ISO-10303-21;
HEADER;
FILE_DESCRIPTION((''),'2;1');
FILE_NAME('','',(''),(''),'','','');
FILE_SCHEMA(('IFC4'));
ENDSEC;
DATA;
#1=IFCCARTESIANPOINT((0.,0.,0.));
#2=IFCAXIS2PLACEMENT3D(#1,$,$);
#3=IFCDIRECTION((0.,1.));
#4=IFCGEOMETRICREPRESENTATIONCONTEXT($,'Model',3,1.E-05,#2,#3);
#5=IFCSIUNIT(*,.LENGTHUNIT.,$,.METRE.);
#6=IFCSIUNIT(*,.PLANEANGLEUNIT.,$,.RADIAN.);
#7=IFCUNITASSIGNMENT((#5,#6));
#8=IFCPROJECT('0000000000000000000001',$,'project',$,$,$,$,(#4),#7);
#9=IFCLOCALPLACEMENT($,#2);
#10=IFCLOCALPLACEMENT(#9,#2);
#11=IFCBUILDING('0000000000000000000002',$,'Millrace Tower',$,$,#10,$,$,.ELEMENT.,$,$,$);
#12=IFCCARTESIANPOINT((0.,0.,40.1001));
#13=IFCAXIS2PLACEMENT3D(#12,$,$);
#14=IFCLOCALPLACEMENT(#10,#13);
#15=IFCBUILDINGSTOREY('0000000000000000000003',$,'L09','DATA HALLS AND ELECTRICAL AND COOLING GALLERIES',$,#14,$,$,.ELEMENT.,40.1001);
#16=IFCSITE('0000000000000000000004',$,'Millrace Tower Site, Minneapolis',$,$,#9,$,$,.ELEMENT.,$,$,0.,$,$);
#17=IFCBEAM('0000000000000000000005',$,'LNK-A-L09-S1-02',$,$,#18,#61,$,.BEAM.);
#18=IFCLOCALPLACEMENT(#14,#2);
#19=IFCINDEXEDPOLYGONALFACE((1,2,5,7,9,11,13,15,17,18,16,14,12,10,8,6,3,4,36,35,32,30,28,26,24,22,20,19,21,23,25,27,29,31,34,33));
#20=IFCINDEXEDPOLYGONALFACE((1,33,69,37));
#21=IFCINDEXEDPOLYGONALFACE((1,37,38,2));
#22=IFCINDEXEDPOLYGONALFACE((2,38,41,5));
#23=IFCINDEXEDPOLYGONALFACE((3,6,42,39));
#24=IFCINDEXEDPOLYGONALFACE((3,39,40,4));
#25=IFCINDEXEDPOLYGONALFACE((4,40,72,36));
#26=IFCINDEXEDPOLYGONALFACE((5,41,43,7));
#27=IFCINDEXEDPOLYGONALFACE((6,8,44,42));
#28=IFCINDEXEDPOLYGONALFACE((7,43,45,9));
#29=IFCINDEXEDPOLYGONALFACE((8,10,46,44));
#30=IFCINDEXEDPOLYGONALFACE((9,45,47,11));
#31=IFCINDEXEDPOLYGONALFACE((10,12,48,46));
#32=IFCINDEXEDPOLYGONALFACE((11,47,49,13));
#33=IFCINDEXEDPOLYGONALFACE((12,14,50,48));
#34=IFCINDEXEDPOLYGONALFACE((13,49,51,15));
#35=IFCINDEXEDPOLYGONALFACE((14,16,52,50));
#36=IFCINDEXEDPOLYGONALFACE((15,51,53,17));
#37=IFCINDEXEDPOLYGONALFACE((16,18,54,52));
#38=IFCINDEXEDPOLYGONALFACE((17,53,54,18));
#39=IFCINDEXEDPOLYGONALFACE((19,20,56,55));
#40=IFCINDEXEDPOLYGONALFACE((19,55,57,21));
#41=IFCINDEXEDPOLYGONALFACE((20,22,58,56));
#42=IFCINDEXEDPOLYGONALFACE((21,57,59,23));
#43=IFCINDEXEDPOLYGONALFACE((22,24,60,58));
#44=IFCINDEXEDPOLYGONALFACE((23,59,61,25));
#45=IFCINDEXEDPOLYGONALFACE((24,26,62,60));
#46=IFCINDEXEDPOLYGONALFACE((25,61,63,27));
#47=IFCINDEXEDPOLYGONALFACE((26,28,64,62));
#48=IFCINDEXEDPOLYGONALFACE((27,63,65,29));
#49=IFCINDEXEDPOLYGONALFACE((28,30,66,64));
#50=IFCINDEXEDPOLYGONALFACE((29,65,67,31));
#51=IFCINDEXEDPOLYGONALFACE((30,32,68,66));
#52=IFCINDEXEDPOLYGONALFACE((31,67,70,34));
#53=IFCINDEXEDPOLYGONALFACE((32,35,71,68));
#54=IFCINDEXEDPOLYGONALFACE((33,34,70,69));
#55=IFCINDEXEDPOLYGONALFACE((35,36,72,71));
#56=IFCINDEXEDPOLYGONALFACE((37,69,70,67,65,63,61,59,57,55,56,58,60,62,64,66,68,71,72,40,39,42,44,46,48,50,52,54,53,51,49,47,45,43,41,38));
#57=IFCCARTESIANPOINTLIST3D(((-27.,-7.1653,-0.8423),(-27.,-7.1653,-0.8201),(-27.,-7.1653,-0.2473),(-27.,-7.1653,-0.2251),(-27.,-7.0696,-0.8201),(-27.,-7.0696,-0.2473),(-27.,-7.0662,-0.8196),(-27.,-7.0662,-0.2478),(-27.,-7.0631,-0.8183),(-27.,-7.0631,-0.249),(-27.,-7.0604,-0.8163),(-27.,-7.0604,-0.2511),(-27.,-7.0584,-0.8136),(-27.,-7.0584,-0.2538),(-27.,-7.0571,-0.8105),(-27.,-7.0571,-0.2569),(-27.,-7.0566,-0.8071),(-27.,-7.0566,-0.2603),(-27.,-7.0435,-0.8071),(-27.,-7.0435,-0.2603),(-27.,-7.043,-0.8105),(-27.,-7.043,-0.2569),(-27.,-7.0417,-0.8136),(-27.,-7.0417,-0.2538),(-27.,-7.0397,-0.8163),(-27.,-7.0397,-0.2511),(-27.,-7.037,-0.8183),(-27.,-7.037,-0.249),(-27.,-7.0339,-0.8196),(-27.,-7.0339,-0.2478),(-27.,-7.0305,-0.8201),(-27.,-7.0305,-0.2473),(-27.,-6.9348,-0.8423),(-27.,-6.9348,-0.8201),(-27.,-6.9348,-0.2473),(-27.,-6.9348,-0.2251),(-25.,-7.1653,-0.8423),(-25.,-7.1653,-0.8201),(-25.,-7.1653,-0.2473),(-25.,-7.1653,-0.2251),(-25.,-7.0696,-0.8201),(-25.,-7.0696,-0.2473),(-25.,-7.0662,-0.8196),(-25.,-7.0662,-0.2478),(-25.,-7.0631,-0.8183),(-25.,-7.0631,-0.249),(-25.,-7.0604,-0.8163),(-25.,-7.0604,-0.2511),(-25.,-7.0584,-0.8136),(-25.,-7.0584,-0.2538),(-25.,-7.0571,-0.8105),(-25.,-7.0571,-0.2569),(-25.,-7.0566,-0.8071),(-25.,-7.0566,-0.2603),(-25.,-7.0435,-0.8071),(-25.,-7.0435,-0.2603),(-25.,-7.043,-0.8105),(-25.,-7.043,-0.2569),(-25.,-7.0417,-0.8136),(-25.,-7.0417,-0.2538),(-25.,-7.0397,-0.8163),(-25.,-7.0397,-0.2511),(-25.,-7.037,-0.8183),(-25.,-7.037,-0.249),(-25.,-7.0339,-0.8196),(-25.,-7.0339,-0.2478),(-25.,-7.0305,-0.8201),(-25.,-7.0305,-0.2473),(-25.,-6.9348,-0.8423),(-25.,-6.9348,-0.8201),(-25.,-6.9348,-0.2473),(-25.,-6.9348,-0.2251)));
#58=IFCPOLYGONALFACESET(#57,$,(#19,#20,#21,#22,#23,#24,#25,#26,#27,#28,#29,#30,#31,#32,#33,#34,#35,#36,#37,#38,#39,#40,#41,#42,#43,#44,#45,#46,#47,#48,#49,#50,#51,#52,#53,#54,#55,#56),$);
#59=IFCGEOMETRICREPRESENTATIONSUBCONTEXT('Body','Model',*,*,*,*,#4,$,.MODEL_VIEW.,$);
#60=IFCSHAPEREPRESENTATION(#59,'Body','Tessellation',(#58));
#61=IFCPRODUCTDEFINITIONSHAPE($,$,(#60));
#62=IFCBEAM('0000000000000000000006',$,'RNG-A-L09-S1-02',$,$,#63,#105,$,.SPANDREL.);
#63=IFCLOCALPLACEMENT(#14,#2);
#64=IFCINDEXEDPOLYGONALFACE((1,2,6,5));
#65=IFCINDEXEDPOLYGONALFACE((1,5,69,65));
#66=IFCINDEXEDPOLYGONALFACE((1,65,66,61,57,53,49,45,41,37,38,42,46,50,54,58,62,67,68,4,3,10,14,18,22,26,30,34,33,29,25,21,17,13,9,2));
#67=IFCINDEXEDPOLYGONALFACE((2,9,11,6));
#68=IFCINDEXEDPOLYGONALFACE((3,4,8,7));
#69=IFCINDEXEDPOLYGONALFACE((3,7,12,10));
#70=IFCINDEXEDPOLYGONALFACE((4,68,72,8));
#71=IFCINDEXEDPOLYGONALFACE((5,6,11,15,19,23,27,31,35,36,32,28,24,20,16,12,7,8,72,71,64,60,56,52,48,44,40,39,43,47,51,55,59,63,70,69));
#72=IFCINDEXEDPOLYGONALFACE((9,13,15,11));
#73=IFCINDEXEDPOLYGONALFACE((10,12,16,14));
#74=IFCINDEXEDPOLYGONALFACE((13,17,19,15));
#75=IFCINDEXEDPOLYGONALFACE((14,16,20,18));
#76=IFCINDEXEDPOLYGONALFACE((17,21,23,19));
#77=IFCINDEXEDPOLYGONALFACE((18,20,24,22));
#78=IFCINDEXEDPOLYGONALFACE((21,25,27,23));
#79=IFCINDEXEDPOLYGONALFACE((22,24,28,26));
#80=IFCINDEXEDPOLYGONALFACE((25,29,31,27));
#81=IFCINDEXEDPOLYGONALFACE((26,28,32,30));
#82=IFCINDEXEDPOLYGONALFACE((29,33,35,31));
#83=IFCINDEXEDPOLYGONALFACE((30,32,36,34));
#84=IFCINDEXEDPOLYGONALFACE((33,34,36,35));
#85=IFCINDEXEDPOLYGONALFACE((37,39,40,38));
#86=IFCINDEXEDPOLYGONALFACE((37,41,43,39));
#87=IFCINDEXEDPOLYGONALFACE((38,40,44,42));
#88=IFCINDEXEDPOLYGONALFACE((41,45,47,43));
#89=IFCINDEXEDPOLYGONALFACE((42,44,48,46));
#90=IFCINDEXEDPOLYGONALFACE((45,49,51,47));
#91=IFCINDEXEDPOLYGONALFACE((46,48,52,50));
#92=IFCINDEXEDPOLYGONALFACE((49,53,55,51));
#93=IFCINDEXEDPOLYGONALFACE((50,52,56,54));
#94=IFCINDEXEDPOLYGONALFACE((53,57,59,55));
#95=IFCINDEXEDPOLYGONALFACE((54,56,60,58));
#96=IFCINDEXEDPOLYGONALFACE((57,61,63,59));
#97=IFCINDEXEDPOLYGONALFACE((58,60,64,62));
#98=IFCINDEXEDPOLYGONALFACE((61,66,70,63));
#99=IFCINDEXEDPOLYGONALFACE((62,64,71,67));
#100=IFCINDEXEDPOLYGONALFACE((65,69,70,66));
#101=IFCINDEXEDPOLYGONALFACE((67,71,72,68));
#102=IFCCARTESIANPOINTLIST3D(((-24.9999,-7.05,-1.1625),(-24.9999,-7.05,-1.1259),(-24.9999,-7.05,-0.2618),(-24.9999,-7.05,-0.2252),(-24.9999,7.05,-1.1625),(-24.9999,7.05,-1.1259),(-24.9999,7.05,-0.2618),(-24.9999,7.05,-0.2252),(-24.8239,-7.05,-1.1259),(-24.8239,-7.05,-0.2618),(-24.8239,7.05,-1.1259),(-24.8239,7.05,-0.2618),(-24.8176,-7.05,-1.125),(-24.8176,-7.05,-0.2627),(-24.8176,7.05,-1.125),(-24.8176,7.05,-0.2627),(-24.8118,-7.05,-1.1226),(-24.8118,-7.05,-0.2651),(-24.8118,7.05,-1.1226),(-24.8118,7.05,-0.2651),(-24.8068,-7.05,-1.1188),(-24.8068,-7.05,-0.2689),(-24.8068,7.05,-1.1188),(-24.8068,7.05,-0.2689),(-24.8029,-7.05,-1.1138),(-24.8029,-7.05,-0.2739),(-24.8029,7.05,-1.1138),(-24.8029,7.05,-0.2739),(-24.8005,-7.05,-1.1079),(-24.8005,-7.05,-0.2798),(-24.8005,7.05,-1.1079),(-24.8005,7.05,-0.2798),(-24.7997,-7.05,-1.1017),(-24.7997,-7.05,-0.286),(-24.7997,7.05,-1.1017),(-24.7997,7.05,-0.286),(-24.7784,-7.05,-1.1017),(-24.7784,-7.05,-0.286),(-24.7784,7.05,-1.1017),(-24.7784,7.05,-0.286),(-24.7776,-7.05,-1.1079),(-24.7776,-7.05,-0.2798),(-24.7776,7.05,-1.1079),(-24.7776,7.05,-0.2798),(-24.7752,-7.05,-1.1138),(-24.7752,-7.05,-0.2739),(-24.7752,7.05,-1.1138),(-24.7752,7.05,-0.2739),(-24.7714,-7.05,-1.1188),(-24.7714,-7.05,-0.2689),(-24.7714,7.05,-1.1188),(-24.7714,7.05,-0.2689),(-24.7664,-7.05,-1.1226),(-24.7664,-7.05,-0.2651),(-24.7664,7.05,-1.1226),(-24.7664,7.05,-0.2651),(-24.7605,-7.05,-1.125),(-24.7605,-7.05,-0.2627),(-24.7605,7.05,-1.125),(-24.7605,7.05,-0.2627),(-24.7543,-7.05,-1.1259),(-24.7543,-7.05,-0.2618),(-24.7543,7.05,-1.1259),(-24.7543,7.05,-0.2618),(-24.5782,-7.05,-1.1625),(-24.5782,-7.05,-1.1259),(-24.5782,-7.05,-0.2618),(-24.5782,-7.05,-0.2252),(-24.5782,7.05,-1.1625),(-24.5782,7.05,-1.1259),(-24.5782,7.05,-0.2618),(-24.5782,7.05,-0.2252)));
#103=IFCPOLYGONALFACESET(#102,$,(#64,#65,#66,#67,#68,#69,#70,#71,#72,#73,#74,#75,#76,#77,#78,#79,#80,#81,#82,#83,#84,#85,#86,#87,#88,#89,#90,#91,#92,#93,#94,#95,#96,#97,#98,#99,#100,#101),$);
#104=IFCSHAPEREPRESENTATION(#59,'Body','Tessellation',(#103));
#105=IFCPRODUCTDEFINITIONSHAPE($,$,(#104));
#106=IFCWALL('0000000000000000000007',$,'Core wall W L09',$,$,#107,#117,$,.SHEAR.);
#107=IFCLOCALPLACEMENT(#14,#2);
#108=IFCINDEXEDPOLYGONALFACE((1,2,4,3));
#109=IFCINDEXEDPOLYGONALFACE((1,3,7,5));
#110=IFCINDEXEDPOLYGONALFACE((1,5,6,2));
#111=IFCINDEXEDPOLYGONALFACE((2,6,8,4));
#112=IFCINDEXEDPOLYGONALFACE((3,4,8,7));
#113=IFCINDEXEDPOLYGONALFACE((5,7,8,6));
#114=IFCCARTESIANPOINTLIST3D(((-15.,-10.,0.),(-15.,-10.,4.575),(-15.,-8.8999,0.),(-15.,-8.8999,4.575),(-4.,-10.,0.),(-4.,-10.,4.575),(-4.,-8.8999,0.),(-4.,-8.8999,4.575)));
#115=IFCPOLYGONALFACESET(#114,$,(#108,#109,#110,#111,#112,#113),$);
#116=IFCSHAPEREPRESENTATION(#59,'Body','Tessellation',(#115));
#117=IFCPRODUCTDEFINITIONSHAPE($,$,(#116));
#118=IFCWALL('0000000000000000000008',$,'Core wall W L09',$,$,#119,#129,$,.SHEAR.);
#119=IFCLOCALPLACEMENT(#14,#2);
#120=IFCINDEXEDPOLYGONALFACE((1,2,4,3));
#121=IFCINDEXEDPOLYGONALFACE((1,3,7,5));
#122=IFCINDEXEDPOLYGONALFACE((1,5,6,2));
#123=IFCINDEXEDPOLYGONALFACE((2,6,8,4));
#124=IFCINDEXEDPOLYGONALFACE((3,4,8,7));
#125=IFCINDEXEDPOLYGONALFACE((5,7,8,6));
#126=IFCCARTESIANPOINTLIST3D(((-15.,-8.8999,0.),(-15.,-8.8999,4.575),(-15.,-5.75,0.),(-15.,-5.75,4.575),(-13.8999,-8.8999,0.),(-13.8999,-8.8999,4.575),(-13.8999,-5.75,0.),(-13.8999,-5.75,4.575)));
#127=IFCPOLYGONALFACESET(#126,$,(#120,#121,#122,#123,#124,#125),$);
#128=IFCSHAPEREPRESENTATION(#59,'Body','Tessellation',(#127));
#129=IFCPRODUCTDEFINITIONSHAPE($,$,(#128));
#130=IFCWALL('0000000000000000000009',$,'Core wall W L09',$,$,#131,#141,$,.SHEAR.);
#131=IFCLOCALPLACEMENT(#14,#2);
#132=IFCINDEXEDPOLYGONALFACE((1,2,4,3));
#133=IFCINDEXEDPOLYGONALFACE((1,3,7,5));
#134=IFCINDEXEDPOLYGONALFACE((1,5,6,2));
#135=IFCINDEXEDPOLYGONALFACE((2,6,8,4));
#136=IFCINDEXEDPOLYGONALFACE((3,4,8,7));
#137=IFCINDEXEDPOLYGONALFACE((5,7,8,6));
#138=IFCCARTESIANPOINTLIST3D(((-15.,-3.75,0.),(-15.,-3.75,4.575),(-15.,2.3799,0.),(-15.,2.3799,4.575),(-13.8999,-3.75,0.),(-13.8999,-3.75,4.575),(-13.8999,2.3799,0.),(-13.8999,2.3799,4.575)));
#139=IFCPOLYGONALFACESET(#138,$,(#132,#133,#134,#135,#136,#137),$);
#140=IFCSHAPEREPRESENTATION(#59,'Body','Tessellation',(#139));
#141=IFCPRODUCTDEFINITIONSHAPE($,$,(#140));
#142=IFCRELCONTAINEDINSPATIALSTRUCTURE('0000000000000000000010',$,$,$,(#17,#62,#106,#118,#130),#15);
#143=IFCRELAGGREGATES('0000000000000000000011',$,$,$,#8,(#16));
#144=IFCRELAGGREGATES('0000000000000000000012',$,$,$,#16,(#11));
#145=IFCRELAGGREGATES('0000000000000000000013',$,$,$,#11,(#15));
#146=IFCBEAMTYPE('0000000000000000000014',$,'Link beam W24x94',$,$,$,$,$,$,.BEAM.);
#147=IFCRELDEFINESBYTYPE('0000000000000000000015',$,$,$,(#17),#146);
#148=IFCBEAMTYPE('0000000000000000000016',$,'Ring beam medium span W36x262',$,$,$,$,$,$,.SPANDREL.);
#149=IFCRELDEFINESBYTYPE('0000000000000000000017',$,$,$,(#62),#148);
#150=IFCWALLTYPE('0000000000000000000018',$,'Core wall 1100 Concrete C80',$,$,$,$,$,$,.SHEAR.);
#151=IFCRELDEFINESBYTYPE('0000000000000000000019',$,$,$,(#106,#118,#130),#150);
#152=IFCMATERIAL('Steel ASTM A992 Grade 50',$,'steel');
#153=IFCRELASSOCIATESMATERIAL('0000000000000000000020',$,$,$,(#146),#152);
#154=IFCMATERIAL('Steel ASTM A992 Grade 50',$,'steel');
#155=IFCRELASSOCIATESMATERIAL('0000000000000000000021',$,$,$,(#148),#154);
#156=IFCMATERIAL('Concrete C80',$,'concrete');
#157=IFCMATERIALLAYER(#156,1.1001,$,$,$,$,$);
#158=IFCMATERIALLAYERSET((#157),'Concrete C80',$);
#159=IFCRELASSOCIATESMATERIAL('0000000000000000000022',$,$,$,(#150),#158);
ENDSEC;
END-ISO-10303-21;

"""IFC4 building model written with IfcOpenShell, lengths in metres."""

from ifc_helpers import new_model, si_unit, direction, frame, frame_2d, origin, origin_2d, place, context, subcontext, project, spatial, rectangle, i_section, extrude, material, layer, layer_set, material_profile, profile_set, type_object, element, save


model = new_model("IFC4")

# Units and contexts
model_context = context("Model", 3, precision=1e-05, world=origin(), true_north=direction((0.0, 1.0)))
body_context = subcontext(model_context, "Body", "Model", "MODEL_VIEW")
ifc_project = project(units=[si_unit("LENGTHUNIT", "METRE"), si_unit("PLANEANGLEUNIT", "RADIAN")], contexts=[model_context])

# Site, building, storey
site_placement = place(None, origin())
site = spatial("IfcSite", under=ifc_project, at=site_placement, Name="Millrace Tower Site, Minneapolis", CompositionType="ELEMENT", RefElevation=0.0)
building_placement = place(site_placement, origin())
building = spatial("IfcBuilding", under=site, at=building_placement, Name="Millrace Tower", CompositionType="ELEMENT")
storey_placement = place(building_placement, frame((0.0, 0.0, 40.1001)))
storey = spatial("IfcBuildingStorey", under=building, at=storey_placement, Name="L09", Description="DATA HALLS AND ELECTRICAL AND COOLING GALLERIES", CompositionType="ELEMENT", Elevation=40.1001)

# Beams
ifc_material_1 = material(Name="Steel ASTM A992 Grade 50", Category="steel")
ifc_material_profile_1 = material_profile(ifc_material_1, i_section(OverallWidth=0.2305, OverallDepth=0.6172, WebThickness=0.0132, FlangeThickness=0.0222, FilletRadius=0.0129, at=origin_2d()))
ifc_profile_set_1 = profile_set([ifc_material_profile_1], Name="Steel ASTM A992 Grade 50")
beam_type_1 = type_object("IfcBeamType", Name="Link beam W24x94", PredefinedType="BEAM", material=ifc_profile_set_1)
beam_1_placement = place(storey_placement, frame((-25.0, -7.05, -0.5337), z_axis=(-1.0, 0.0, 0.0), x_axis=(0.0, -1.0, 0.0)))
element("IfcBeam", 1, at=beam_1_placement, inside=storey, type_object=beam_type_1, Name="LNK-A-L09-S1-02", PredefinedType="BEAM", context=body_context, shape_type="SweptSolid", body=[
    extrude(i_section(OverallWidth=0.2305, OverallDepth=0.6172, WebThickness=0.0132, FlangeThickness=0.0222, FilletRadius=0.0129, at=origin_2d()), origin(), (0.0, 0.0, 1.0), 2.0),
])
ifc_material_2 = material(Name="Steel ASTM A992 Grade 50", Category="steel")
ifc_material_profile_2 = material_profile(ifc_material_2, i_section(OverallWidth=0.4216, OverallDepth=0.9373, WebThickness=0.0212, FlangeThickness=0.0366, FilletRadius=0.0242, at=origin_2d()))
ifc_profile_set_2 = profile_set([ifc_material_profile_2], Name="Steel ASTM A992 Grade 50")
beam_type_2 = type_object("IfcBeamType", Name="Ring beam medium span W36x262", PredefinedType="SPANDREL", material=ifc_profile_set_2)
beam_2_placement = place(storey_placement, frame((-24.7891, -7.05, -0.6938), z_axis=(0.0, 1.0, 0.0), x_axis=(-1.0, 0.0, 0.0)))
element("IfcBeam", 2, at=beam_2_placement, inside=storey, type_object=beam_type_2, Name="RNG-A-L09-S1-02", PredefinedType="SPANDREL", context=body_context, shape_type="SweptSolid", body=[
    extrude(i_section(OverallWidth=0.4216, OverallDepth=0.9373, WebThickness=0.0212, FlangeThickness=0.0366, FilletRadius=0.0242, at=origin_2d()), origin(), (0.0, 0.0, 1.0), 14.1001),
])

# Walls
ifc_material_3 = material(Name="Concrete C80", Category="concrete")
ifc_layer_1 = layer(ifc_material_3, 1.1001)
ifc_layer_set_1 = layer_set([ifc_layer_1], Name="Concrete C80")
wall_type_1 = type_object("IfcWallType", Name="Core wall 1100 Concrete C80", PredefinedType="SHEAR", material=ifc_layer_set_1)
wall_1_placement = place(storey_placement, frame((-15.0, -9.45, 0.0), z_axis=(0.0, 0.0, 1.0), x_axis=(1.0, 0.0, 0.0)))
element("IfcWall", 3, at=wall_1_placement, inside=storey, type_object=wall_type_1, Name="Core wall W L09", PredefinedType="SHEAR", context=body_context, shape_type="SweptSolid", body=[
    extrude(rectangle(XDim=11.0, YDim=1.1001, at=frame_2d((5.5, 0.0))), origin(), (0.0, 0.0, 1.0), 4.575),
])
wall_2_placement = place(storey_placement, frame((-14.45, -8.8999, 0.0), z_axis=(0.0, 0.0, 1.0), x_axis=(0.0, 1.0, 0.0)))
element("IfcWall", 4, at=wall_2_placement, inside=storey, type_object=wall_type_1, Name="Core wall W L09", PredefinedType="SHEAR", context=body_context, shape_type="SweptSolid", body=[
    extrude(rectangle(XDim=3.1499, YDim=1.1001, at=frame_2d((1.575, 0.0))), origin(), (0.0, 0.0, 1.0), 4.575),
])
wall_3_placement = place(storey_placement, frame((-14.45, -3.75, 0.0), z_axis=(0.0, 0.0, 1.0), x_axis=(0.0, 1.0, 0.0)))
element("IfcWall", 5, at=wall_3_placement, inside=storey, type_object=wall_type_1, Name="Core wall W L09", PredefinedType="SHEAR", context=body_context, shape_type="SweptSolid", body=[
    extrude(rectangle(XDim=6.1299, YDim=1.1001, at=frame_2d((3.0649, 0.0))), origin(), (0.0, 0.0, 1.0), 4.575),
])

save(model, "model.ifc")
